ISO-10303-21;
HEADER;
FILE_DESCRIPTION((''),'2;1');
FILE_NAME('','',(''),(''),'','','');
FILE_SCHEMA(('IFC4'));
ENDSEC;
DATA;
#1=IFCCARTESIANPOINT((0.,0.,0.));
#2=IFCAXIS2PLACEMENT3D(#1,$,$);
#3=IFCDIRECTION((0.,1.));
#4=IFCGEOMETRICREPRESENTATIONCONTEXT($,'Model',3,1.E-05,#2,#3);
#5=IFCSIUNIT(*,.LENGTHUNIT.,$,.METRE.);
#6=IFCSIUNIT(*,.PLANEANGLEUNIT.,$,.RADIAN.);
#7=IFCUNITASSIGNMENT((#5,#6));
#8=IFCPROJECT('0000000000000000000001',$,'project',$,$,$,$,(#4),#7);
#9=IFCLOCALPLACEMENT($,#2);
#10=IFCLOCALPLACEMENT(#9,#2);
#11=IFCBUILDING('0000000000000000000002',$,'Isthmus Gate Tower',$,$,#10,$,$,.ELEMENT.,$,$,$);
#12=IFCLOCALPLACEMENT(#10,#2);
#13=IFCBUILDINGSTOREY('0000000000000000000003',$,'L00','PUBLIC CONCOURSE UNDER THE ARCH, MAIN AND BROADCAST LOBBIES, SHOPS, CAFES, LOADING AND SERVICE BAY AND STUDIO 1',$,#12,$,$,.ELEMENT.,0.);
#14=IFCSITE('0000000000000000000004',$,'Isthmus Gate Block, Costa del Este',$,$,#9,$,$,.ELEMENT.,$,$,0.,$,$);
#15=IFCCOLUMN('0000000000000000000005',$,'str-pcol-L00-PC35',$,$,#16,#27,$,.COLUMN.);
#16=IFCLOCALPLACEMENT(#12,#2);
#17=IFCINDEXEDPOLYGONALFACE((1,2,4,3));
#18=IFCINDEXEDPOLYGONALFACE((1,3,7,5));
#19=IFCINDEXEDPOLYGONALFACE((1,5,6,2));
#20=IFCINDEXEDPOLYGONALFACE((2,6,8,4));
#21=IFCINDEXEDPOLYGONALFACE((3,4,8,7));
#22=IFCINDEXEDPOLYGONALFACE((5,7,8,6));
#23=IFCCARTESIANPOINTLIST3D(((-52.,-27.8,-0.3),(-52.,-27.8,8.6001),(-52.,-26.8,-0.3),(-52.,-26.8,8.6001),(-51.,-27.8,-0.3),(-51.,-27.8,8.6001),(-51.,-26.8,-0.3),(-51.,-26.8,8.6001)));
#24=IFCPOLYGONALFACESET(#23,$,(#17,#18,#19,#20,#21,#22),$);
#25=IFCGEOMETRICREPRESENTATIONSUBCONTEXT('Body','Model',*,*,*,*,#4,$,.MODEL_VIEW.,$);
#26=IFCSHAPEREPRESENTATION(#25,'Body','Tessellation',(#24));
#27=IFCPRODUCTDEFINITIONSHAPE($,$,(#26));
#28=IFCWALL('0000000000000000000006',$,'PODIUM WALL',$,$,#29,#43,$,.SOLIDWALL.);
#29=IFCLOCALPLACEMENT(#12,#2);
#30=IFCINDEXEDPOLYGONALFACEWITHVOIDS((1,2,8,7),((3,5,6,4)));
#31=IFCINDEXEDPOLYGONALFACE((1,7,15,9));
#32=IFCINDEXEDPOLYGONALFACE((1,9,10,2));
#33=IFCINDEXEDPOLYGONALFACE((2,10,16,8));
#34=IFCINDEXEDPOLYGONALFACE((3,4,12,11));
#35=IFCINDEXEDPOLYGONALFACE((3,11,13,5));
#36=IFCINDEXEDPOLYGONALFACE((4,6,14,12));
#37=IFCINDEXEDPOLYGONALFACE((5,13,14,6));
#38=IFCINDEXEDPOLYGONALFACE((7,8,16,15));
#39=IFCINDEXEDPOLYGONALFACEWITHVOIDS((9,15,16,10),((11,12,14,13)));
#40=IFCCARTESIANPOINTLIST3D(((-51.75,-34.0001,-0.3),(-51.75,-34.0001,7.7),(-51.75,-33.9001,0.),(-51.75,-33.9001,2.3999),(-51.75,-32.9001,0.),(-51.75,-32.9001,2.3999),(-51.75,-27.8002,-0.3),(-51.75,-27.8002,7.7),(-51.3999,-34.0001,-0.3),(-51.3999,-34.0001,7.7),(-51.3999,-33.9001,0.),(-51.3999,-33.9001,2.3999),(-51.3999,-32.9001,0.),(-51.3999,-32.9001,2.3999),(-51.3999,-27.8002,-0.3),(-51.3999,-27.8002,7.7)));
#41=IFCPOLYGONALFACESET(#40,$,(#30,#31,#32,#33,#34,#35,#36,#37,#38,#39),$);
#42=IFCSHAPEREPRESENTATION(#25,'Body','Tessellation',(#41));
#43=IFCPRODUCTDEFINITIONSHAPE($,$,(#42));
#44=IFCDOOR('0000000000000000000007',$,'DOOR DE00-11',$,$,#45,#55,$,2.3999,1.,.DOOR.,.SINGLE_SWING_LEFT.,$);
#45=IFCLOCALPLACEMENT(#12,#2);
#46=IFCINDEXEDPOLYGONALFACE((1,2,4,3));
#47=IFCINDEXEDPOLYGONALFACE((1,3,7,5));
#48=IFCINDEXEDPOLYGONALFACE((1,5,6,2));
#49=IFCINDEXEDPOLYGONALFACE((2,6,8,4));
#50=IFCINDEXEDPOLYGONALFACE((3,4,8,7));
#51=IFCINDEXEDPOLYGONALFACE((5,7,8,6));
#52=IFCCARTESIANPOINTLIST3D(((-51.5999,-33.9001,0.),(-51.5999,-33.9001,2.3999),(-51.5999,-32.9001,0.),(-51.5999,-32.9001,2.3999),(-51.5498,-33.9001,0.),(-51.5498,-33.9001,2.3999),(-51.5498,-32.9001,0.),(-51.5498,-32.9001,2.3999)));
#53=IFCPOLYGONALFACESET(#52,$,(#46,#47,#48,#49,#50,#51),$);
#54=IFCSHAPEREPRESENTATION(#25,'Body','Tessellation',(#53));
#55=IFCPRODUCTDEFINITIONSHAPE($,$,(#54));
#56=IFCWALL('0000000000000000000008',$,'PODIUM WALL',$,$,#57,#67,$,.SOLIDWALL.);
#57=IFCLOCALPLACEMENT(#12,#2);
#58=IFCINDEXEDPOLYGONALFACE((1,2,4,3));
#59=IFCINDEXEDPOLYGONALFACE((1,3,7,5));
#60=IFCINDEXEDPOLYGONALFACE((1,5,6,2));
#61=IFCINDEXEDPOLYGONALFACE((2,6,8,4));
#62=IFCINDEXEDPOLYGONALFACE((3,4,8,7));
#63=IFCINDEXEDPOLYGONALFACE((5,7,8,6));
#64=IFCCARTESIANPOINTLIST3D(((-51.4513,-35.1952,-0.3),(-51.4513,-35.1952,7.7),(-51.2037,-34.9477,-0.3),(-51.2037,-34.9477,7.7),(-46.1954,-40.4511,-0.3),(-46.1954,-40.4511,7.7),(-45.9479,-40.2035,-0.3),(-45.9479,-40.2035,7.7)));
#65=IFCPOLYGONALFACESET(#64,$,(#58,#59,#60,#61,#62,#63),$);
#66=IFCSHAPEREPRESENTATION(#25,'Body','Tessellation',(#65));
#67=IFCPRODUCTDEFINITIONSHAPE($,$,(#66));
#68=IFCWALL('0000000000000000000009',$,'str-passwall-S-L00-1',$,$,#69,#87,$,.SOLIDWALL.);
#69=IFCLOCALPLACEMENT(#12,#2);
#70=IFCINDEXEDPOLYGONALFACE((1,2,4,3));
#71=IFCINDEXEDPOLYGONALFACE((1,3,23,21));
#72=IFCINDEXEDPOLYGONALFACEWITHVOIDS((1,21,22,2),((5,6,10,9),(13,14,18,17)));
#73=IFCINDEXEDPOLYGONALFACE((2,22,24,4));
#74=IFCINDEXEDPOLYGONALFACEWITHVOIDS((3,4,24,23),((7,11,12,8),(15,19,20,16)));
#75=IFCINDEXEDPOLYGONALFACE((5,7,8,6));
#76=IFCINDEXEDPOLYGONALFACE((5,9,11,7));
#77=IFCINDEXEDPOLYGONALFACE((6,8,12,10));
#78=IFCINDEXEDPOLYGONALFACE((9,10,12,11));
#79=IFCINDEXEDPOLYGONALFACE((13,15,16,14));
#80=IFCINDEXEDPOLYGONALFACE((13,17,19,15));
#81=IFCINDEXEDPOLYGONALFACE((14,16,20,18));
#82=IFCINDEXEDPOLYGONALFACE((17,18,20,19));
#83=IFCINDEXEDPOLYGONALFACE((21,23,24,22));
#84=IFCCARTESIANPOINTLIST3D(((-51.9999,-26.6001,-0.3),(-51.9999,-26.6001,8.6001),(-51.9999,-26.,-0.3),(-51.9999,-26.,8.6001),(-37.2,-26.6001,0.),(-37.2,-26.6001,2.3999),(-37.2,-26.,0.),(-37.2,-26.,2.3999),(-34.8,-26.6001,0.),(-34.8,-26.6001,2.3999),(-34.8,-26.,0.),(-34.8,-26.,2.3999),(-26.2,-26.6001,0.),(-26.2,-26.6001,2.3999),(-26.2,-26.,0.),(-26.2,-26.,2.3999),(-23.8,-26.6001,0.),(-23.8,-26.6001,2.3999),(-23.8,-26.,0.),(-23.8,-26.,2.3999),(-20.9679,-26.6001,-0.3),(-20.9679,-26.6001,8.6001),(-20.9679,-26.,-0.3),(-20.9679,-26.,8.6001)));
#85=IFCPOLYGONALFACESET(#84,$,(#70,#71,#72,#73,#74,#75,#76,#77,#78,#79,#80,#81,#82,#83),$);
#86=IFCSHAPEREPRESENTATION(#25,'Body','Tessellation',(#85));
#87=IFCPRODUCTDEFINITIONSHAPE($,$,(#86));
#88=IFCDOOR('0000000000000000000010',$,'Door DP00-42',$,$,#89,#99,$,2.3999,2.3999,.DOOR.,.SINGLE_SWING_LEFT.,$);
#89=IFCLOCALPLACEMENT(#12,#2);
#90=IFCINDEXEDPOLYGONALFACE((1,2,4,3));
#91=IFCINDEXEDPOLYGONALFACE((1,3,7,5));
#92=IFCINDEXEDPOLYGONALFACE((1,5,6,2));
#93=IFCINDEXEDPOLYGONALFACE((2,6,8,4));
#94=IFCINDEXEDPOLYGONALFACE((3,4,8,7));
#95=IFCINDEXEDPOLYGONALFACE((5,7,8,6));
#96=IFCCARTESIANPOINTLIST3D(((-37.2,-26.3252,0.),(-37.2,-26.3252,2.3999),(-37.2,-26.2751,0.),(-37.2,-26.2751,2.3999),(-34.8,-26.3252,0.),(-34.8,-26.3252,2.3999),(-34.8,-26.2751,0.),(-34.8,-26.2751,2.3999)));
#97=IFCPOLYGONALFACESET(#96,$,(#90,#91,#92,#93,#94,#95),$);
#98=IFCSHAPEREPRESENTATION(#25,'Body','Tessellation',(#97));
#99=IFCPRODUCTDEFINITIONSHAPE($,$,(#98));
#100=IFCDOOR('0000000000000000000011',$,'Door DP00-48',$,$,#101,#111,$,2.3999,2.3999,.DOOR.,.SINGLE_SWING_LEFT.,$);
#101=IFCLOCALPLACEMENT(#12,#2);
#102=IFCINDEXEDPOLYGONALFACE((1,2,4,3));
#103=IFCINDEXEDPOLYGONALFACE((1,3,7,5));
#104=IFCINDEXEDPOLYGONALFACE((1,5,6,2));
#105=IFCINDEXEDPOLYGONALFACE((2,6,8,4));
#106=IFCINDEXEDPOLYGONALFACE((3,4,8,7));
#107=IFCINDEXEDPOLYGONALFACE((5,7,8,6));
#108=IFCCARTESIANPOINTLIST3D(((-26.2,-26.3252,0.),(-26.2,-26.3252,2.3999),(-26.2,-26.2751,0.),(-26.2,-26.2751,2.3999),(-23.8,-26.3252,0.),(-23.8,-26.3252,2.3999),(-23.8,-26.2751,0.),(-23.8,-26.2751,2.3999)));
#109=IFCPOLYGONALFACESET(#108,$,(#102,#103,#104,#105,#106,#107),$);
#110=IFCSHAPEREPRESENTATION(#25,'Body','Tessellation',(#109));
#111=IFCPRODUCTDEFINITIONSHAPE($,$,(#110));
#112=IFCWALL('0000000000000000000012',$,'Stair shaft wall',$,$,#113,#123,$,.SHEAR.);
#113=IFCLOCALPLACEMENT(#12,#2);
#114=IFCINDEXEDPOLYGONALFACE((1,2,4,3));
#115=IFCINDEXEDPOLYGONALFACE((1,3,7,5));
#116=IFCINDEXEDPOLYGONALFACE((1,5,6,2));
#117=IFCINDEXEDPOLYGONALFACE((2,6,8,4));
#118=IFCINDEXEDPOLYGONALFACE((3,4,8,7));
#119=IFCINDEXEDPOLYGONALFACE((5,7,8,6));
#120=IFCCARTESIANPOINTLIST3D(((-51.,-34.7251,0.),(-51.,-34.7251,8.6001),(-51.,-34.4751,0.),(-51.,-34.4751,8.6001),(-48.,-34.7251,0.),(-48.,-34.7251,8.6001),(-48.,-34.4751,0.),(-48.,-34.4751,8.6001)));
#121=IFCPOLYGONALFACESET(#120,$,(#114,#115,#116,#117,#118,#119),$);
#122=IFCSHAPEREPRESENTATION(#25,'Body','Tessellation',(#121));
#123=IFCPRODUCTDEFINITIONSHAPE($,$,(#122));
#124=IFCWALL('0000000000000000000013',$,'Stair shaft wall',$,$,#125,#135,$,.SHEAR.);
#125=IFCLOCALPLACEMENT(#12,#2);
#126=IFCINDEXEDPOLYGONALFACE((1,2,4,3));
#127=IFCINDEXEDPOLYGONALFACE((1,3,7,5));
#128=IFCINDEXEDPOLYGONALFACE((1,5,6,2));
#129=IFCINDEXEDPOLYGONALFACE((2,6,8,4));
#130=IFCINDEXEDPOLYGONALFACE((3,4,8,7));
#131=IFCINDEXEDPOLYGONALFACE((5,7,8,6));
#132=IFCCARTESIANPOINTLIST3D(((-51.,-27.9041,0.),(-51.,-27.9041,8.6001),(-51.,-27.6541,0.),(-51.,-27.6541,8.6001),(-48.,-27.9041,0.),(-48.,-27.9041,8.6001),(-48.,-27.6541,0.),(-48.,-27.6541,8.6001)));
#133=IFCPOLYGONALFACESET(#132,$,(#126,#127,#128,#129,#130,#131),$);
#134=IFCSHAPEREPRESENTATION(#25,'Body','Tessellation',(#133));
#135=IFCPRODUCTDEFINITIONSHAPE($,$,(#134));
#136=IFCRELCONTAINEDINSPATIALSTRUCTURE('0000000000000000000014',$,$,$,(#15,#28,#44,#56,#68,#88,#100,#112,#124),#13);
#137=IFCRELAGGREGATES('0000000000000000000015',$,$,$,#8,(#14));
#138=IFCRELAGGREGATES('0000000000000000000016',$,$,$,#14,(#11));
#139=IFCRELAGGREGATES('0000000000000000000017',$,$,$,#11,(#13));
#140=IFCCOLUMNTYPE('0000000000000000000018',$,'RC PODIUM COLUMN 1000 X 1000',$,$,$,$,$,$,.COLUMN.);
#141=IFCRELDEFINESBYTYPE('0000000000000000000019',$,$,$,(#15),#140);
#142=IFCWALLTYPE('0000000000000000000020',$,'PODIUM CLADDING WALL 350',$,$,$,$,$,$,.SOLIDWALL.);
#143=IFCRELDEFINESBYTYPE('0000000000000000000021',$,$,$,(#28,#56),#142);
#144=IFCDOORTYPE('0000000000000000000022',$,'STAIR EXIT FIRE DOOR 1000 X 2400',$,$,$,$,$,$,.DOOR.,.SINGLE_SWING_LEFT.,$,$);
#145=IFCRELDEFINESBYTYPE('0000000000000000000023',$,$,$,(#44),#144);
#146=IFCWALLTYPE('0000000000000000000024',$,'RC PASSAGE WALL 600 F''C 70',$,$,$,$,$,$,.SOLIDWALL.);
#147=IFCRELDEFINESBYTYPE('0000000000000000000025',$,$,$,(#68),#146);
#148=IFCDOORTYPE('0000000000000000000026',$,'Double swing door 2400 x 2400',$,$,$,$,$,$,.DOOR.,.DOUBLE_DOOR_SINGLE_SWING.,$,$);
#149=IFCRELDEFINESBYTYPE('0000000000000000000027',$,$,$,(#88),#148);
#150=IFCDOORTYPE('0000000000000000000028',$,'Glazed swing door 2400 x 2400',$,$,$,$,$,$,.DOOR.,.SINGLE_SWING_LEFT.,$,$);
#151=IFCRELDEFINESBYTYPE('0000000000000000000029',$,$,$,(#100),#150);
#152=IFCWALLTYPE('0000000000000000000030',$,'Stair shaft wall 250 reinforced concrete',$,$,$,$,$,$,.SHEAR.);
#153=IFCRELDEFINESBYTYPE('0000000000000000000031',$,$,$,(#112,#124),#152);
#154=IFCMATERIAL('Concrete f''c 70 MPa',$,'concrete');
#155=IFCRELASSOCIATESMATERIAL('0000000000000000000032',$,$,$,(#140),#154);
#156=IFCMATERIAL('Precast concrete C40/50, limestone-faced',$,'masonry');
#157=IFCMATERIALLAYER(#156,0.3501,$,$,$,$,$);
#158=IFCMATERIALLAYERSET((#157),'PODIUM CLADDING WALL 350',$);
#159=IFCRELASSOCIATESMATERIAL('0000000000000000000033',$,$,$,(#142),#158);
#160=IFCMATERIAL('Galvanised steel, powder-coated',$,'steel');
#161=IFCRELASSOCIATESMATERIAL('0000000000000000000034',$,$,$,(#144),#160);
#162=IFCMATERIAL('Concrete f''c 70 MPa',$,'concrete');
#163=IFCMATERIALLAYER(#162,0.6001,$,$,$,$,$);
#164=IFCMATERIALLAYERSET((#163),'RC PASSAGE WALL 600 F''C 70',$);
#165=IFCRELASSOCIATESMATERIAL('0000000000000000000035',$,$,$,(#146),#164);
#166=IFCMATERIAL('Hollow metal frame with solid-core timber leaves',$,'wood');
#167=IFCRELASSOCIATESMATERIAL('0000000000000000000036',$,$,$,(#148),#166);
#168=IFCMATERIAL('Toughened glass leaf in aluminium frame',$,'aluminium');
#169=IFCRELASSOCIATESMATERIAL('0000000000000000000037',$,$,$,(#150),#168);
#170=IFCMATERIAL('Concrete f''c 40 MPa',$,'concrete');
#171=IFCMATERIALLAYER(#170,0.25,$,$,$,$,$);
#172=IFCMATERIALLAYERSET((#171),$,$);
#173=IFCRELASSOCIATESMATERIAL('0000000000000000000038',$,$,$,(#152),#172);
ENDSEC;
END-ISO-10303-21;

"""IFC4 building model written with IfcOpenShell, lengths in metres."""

from ifc_helpers import new_model, si_unit, direction, frame, frame_2d, origin, origin_2d, place, context, subcontext, project, spatial, rectangle, extrude, material, layer, layer_set, material_profile, profile_set, type_object, element, fill, save


model = new_model("IFC4")

# Units and contexts
model_context = context("Model", 3, precision=1e-05, world=origin(), true_north=direction((0.0, 1.0)))
body_context = subcontext(model_context, "Body", "Model", "MODEL_VIEW")
ifc_project = project(units=[si_unit("LENGTHUNIT", "METRE"), si_unit("PLANEANGLEUNIT", "RADIAN")], contexts=[model_context])

# Site, building, storey
site_placement = place(None, origin())
site = spatial("IfcSite", under=ifc_project, at=site_placement, Name="Isthmus Gate Block, Costa del Este", CompositionType="ELEMENT", RefElevation=0.0)
building_placement = place(site_placement, origin())
building = spatial("IfcBuilding", under=site, at=building_placement, Name="Isthmus Gate Tower", CompositionType="ELEMENT")
storey_placement = place(building_placement, origin())
storey = spatial("IfcBuildingStorey", under=building, at=storey_placement, Name="L00", Description="PUBLIC CONCOURSE UNDER THE ARCH, MAIN AND BROADCAST LOBBIES, SHOPS, CAFES, LOADING AND SERVICE BAY AND STUDIO 1", CompositionType="ELEMENT", Elevation=0.0)

# Column
ifc_material_1 = material(Name="Concrete f'c 70 MPa", Category="concrete")
ifc_material_profile_1 = material_profile(ifc_material_1, rectangle(XDim=1.0, YDim=1.0, at=origin_2d()), Name="RC 1000X1000")
ifc_profile_set_1 = profile_set([ifc_material_profile_1], Name="Concrete f'c 70 MPa")
column_type = type_object("IfcColumnType", Name="RC PODIUM COLUMN 1000 X 1000", PredefinedType="COLUMN", material=ifc_profile_set_1)
for number, where, z_axis, x_axis, name in (
    (1, (-51.5, -27.3, -0.3), (0.0, 0.0, 1.0), (0.0, 1.0, 0.0), "str-pcol-L00-PC35"),
):
    element("IfcColumn", number, at=place(storey_placement, frame(where, z_axis=z_axis, x_axis=x_axis)), inside=storey, type_object=column_type, Name=name, PredefinedType="COLUMN", context=body_context, shape_type="SweptSolid", body=[
        extrude(rectangle(XDim=1.0, YDim=1.0, at=origin_2d()), origin(), (0.0, 0.0, 1.0), 8.9001),
    ])

# Wall, opening, door
ifc_material_2 = material(Name="Precast concrete C40/50, limestone-faced", Category="masonry")
ifc_layer_1 = layer(ifc_material_2, 0.3501)
ifc_layer_set_1 = layer_set([ifc_layer_1], Name="PODIUM CLADDING WALL 350")
wall_type_1 = type_object("IfcWallType", Name="PODIUM CLADDING WALL 350", PredefinedType="SOLIDWALL", material=ifc_layer_set_1)
wall_1_placement = place(storey_placement, frame((-51.575, -27.8, -0.3), z_axis=(0.0, 0.0, 1.0), x_axis=(0.0, -1.0, 0.0)))
wall_1 = element("IfcWall", 2, at=wall_1_placement, inside=storey, type_object=wall_type_1, Name="PODIUM WALL", PredefinedType="SOLIDWALL", context=body_context, shape_type="SweptSolid", body=[
    extrude(rectangle(XDim=6.2, YDim=0.3501, at=frame_2d((3.1001, 0.0))), origin(), (0.0, 0.0, 1.0), 8.0),
])
opening_1_placement = place(wall_1_placement, frame((5.1001, 0.0, 0.3)))
opening_1 = element("IfcOpeningElement", 3, at=opening_1_placement, cuts=wall_1, PredefinedType="OPENING", context=body_context, shape_type="SweptSolid", body=[
    extrude(rectangle(XDim=1.0, YDim=2.3999, at=frame_2d((0.5, 1.2))), frame((0.0, 0.1851, 0.0), z_axis=(0.0, -1.0, 0.0), x_axis=(1.0, 0.0, 0.0)), (0.0, 0.0, 1.0), 0.3701),
])
ifc_material_3 = material(Name="Galvanised steel, powder-coated", Category="steel")
door_type_1 = type_object("IfcDoorType", Name="STAIR EXIT FIRE DOOR 1000 X 2400", OperationType="SINGLE_SWING_LEFT", PredefinedType="DOOR", material=ifc_material_3)
door_1_placement = place(opening_1_placement, frame((1.0, 0.0, 0.0), z_axis=(0.0, 0.0, 1.0), x_axis=(-1.0, 0.0, 0.0)))
door_1 = element("IfcDoor", 4, at=door_1_placement, inside=storey, type_object=door_type_1, Name="DOOR DE00-11", OperationType="SINGLE_SWING_LEFT", OverallHeight=2.3999, OverallWidth=1.0, PredefinedType="DOOR", context=body_context, shape_type="SweptSolid", body=[
    extrude(rectangle(XDim=1.0, YDim=2.3999, at=frame_2d((0.5, 1.2))), frame((0.0, 0.0249, 0.0), z_axis=(0.0, -1.0, 0.0), x_axis=(1.0, 0.0, 0.0)), (0.0, 0.0, 1.0), 0.05),
])
fill(opening_1, door_1)

# Wall
wall_2_placement = place(storey_placement, frame((-51.3274, -35.0715, -0.3), z_axis=(0.0, 0.0, 1.0), x_axis=(0.707107, -0.707107, 0.0)))
element("IfcWall", 5, at=wall_2_placement, inside=storey, type_object=wall_type_1, Name="PODIUM WALL", PredefinedType="SOLIDWALL", context=body_context, shape_type="SweptSolid", body=[
    extrude(rectangle(XDim=7.4329, YDim=0.3501, at=frame_2d((3.7163, 0.0))), origin(), (0.0, 0.0, 1.0), 8.0),
])

# Wall, openings, doors
ifc_material_4 = material(Name="Concrete f'c 70 MPa", Category="concrete")
ifc_layer_2 = layer(ifc_material_4, 0.6001)
ifc_layer_set_2 = layer_set([ifc_layer_2], Name="RC PASSAGE WALL 600 F'C 70")
wall_type_2 = type_object("IfcWallType", Name="RC PASSAGE WALL 600 F'C 70", PredefinedType="SOLIDWALL", material=ifc_layer_set_2)
wall_3_placement = place(storey_placement, frame((-52.0, -26.3, -0.3), z_axis=(0.0, 0.0, 1.0), x_axis=(1.0, 0.0, 0.0)))
wall_3 = element("IfcWall", 6, at=wall_3_placement, inside=storey, type_object=wall_type_2, Name="str-passwall-S-L00-1", PredefinedType="SOLIDWALL", context=body_context, shape_type="SweptSolid", body=[
    extrude(rectangle(XDim=31.032, YDim=0.6001, at=frame_2d((15.5161, 0.0))), origin(), (0.0, 0.0, 1.0), 8.9001),
])
opening_2_placement = place(wall_3_placement, frame((14.8, 0.0, 0.3)))
opening_2 = element("IfcOpeningElement", 7, at=opening_2_placement, cuts=wall_3, PredefinedType="OPENING", context=body_context, shape_type="SweptSolid", body=[
    extrude(rectangle(XDim=2.3999, YDim=2.3999, at=frame_2d((1.2, 1.2))), frame((0.0, 0.3101, 0.0), z_axis=(0.0, -1.0, 0.0), x_axis=(1.0, 0.0, 0.0)), (0.0, 0.0, 1.0), 0.6201),
])
opening_3_placement = place(wall_3_placement, frame((25.8, 0.0, 0.3)))
opening_3 = element("IfcOpeningElement", 8, at=opening_3_placement, cuts=wall_3, PredefinedType="OPENING", context=body_context, shape_type="SweptSolid", body=[
    extrude(rectangle(XDim=2.3999, YDim=2.3999, at=frame_2d((1.2, 1.2))), frame((0.0, 0.3101, 0.0), z_axis=(0.0, -1.0, 0.0), x_axis=(1.0, 0.0, 0.0)), (0.0, 0.0, 1.0), 0.6201),
])
ifc_material_5 = material(Name="Hollow metal frame with solid-core timber leaves", Category="wood")
door_type_2 = type_object("IfcDoorType", Name="Double swing door 2400 x 2400", OperationType="DOUBLE_DOOR_SINGLE_SWING", PredefinedType="DOOR", material=ifc_material_5)
door_2_placement = place(opening_2_placement, origin())
door_2 = element("IfcDoor", 9, at=door_2_placement, inside=storey, type_object=door_type_2, Name="Door DP00-42", OperationType="SINGLE_SWING_LEFT", OverallHeight=2.3999, OverallWidth=2.3999, PredefinedType="DOOR", context=body_context, shape_type="SweptSolid", body=[
    extrude(rectangle(XDim=2.3999, YDim=2.3999, at=frame_2d((1.2, 1.2))), frame((0.0, 0.0249, 0.0), z_axis=(0.0, -1.0, 0.0), x_axis=(1.0, 0.0, 0.0)), (0.0, 0.0, 1.0), 0.05),
])
fill(opening_2, door_2)
ifc_material_6 = material(Name="Toughened glass leaf in aluminium frame", Category="aluminium")
door_type_3 = type_object("IfcDoorType", Name="Glazed swing door 2400 x 2400", OperationType="SINGLE_SWING_LEFT", PredefinedType="DOOR", material=ifc_material_6)
door_3_placement = place(opening_3_placement, origin())
door_3 = element("IfcDoor", 10, at=door_3_placement, inside=storey, type_object=door_type_3, Name="Door DP00-48", OperationType="SINGLE_SWING_LEFT", OverallHeight=2.3999, OverallWidth=2.3999, PredefinedType="DOOR", context=body_context, shape_type="SweptSolid", body=[
    extrude(rectangle(XDim=2.3999, YDim=2.3999, at=frame_2d((1.2, 1.2))), frame((0.0, 0.0249, 0.0), z_axis=(0.0, -1.0, 0.0), x_axis=(1.0, 0.0, 0.0)), (0.0, 0.0, 1.0), 0.05),
])
fill(opening_3, door_3)

# Walls
ifc_material_7 = material(Name="Concrete f'c 40 MPa", Category="concrete")
ifc_layer_3 = layer(ifc_material_7, 0.25)
ifc_layer_set_3 = layer_set([ifc_layer_3])
wall_type_3 = type_object("IfcWallType", Name="Stair shaft wall 250 reinforced concrete", PredefinedType="SHEAR", material=ifc_layer_set_3)
for number, where, z_axis, x_axis, name in (
    (11, (-51.0, -34.6001, 0.0), (0.0, 0.0, 1.0), (1.0, 0.0, 0.0), "Stair shaft wall"),
    (12, (-51.0, -27.7791, 0.0), (0.0, 0.0, 1.0), (1.0, 0.0, 0.0), "Stair shaft wall"),
):
    element("IfcWall", number, at=place(storey_placement, frame(where, z_axis=z_axis, x_axis=x_axis)), inside=storey, type_object=wall_type_3, Name=name, PredefinedType="SHEAR", context=body_context, shape_type="SweptSolid", body=[
        extrude(rectangle(XDim=3.0, YDim=0.25, at=frame_2d((1.5, 0.0))), origin(), (0.0, 0.0, 1.0), 8.6001),
    ])

save(model, "model.ifc")
